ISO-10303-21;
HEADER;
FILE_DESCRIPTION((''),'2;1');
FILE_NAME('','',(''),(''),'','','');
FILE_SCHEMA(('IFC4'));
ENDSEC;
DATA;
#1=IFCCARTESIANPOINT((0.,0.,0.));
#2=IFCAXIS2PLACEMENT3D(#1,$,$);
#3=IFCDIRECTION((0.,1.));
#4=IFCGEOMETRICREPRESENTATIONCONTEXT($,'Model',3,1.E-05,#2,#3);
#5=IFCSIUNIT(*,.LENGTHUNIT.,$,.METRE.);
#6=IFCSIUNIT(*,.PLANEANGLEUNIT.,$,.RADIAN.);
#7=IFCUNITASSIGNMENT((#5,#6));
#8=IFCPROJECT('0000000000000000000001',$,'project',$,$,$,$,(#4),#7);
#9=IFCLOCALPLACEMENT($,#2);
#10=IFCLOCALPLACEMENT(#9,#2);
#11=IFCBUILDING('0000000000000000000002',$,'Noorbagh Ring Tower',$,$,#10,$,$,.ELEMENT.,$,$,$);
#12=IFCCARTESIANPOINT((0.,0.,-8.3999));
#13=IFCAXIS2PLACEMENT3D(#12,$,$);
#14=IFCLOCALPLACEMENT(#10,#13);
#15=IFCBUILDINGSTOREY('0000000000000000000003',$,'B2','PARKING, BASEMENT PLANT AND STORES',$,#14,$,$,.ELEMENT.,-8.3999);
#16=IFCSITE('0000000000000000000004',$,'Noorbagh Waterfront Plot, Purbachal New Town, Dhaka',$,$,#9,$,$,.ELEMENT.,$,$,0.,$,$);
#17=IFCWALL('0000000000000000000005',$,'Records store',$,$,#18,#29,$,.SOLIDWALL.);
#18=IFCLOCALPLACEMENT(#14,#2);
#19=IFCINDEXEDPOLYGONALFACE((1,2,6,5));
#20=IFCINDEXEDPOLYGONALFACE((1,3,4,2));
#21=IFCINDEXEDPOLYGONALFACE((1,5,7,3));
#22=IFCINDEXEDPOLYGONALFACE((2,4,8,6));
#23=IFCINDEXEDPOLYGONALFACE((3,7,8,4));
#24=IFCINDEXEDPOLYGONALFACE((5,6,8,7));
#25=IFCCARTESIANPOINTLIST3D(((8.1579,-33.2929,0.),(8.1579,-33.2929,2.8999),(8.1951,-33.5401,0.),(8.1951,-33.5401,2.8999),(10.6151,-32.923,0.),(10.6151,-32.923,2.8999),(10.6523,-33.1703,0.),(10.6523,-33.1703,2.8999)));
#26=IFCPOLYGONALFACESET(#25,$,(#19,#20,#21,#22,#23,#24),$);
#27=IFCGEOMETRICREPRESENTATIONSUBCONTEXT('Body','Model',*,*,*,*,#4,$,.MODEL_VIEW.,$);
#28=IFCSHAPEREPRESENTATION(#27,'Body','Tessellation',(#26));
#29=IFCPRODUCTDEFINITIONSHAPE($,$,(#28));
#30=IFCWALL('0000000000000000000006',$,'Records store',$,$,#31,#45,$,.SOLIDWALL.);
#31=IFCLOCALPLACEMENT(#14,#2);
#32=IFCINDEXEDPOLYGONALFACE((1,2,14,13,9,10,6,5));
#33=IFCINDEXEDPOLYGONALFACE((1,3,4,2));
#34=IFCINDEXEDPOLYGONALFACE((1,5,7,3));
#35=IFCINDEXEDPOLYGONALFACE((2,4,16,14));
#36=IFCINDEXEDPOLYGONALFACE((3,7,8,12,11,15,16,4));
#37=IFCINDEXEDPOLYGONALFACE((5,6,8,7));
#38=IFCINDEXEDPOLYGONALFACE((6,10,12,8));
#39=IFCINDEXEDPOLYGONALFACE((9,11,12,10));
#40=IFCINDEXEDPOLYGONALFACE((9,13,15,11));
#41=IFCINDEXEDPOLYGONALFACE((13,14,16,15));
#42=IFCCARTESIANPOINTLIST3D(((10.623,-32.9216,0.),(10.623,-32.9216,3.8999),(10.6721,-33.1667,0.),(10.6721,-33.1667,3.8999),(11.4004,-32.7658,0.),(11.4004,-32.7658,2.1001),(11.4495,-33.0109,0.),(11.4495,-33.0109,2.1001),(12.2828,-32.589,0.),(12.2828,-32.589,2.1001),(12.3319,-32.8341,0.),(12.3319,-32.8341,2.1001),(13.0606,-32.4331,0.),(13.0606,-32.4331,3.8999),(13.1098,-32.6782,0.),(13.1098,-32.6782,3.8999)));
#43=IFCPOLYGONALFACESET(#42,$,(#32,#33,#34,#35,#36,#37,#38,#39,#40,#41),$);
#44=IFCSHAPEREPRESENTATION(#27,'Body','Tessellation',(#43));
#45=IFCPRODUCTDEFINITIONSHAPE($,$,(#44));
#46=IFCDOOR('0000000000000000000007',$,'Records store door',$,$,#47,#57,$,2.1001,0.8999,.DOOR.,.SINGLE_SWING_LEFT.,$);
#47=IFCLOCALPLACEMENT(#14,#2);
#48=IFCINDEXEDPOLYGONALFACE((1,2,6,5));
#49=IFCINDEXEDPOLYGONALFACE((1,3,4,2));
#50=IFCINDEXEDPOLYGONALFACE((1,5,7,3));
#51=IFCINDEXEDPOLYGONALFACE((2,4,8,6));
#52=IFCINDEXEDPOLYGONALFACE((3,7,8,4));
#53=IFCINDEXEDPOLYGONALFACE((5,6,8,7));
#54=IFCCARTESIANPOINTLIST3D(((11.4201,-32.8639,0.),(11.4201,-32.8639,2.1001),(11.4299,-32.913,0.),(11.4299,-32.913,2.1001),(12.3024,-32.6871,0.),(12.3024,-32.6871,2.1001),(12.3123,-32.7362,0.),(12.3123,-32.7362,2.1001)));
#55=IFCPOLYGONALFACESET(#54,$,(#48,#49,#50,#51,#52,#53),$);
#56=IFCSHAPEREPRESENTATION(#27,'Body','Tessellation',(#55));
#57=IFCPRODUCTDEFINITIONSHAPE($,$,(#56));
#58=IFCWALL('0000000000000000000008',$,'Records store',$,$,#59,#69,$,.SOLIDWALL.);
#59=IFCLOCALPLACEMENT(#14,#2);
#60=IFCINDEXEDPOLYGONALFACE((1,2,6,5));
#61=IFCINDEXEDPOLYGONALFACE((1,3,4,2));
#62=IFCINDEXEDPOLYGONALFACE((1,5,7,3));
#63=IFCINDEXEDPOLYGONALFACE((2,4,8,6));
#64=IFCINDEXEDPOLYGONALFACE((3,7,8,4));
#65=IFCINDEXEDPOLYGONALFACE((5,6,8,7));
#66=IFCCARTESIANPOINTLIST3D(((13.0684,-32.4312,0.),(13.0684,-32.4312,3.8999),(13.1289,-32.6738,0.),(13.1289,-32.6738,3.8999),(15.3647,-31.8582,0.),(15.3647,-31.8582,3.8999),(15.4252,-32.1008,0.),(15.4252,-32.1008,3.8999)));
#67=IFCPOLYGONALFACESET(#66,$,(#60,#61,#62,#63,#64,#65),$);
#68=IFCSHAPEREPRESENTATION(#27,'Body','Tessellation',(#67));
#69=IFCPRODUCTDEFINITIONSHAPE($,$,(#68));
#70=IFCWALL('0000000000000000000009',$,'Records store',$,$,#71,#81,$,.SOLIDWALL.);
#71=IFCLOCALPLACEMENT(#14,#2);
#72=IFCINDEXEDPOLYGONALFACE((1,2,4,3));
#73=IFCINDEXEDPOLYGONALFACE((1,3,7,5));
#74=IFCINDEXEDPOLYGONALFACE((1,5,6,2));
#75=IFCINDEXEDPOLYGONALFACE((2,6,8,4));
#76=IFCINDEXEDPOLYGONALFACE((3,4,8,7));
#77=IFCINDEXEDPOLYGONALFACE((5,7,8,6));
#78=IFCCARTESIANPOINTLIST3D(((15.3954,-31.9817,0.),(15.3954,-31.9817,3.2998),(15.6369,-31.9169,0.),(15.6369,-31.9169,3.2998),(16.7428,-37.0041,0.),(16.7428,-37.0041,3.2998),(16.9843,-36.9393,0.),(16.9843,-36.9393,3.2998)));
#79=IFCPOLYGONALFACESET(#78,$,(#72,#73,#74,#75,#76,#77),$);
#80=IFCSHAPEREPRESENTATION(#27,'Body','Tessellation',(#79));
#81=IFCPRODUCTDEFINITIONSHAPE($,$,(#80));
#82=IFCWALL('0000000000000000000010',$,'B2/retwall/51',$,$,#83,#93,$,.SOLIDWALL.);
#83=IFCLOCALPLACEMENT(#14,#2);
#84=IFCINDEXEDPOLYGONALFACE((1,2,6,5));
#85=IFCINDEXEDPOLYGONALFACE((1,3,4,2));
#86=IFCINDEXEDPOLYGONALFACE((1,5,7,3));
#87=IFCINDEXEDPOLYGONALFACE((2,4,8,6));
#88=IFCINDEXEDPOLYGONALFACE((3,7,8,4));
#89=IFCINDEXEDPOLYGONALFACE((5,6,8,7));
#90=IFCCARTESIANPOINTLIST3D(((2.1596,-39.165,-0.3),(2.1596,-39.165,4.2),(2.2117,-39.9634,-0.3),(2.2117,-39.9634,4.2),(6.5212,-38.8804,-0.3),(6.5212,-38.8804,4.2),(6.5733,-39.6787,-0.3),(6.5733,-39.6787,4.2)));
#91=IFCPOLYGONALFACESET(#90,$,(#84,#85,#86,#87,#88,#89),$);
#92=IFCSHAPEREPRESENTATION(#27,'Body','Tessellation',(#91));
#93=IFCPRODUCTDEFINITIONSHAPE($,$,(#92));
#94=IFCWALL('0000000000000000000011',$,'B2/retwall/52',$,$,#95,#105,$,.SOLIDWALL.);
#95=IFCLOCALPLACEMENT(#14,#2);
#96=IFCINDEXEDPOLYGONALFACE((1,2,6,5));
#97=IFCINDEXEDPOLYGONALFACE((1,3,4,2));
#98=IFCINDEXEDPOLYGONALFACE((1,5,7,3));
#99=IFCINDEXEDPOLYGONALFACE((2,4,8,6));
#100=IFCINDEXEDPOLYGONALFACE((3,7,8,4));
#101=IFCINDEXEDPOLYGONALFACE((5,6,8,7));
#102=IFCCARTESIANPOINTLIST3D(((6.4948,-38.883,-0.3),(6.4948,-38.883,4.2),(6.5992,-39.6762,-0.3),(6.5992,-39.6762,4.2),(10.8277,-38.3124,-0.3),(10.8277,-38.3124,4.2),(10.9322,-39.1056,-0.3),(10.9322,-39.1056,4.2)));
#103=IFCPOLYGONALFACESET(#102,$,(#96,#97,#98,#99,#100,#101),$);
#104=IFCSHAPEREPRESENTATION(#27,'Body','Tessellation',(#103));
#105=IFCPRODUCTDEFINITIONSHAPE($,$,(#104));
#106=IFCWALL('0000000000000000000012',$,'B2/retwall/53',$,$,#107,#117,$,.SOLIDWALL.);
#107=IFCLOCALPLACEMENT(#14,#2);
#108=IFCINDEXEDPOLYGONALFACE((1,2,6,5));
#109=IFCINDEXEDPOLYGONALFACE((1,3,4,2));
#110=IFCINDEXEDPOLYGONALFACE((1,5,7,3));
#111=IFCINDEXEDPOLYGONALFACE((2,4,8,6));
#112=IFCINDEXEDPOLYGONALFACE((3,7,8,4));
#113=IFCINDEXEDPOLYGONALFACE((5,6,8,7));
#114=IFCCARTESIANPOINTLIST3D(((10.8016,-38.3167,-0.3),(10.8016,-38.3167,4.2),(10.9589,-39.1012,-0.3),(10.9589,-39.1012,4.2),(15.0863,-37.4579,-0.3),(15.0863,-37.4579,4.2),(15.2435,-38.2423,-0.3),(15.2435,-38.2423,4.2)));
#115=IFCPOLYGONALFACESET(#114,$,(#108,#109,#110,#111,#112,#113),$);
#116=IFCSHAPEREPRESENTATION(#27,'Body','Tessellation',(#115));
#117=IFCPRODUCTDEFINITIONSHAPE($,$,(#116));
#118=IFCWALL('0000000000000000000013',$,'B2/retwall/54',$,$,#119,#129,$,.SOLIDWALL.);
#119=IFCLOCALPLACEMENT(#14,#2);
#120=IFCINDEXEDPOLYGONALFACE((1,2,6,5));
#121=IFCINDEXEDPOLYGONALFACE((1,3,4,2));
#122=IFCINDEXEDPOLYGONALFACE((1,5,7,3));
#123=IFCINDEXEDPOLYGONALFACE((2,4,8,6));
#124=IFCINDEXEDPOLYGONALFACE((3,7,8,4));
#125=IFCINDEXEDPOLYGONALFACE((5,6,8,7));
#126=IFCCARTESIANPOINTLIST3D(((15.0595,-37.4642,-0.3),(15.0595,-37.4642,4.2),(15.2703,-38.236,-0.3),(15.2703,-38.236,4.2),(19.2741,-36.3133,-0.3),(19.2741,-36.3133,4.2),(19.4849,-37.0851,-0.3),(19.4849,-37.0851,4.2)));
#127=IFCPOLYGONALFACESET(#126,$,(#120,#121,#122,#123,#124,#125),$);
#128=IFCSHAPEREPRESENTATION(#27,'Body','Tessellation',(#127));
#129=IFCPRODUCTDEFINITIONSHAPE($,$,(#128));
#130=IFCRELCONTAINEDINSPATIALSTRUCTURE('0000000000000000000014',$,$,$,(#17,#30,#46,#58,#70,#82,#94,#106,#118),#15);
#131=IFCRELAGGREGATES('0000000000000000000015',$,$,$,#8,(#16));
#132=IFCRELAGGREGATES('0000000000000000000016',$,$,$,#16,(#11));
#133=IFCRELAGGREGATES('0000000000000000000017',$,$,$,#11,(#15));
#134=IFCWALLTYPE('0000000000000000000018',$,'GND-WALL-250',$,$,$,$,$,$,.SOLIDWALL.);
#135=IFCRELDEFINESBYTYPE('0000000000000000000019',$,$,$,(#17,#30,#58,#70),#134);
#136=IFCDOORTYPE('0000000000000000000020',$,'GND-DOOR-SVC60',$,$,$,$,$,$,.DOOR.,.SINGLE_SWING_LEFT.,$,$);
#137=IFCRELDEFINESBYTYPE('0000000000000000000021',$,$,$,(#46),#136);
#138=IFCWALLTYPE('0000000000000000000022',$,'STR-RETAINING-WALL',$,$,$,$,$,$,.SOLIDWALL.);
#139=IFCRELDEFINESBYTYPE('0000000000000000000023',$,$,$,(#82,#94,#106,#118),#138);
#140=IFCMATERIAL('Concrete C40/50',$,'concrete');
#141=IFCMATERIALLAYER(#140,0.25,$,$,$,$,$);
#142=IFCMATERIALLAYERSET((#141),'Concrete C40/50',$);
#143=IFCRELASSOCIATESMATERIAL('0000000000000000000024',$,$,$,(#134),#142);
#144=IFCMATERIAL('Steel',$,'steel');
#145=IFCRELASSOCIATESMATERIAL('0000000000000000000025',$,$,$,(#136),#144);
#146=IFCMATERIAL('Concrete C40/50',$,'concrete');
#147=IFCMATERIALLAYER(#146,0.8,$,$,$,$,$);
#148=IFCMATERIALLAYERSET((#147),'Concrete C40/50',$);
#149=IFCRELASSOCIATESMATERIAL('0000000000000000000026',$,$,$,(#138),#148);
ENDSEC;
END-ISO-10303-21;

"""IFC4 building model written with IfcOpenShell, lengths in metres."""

from ifc_helpers import new_model, si_unit, direction, frame, frame_2d, origin, place, context, subcontext, project, spatial, rectangle, extrude, material, layer, layer_set, type_object, element, fill, save


model = new_model("IFC4")

# Units and contexts
model_context = context("Model", 3, precision=1e-05, world=origin(), true_north=direction((0.0, 1.0)))
body_context = subcontext(model_context, "Body", "Model", "MODEL_VIEW")
ifc_project = project(units=[si_unit("LENGTHUNIT", "METRE"), si_unit("PLANEANGLEUNIT", "RADIAN")], contexts=[model_context])

# Site, building, storey
site_placement = place(None, origin())
site = spatial("IfcSite", under=ifc_project, at=site_placement, Name="Noorbagh Waterfront Plot, Purbachal New Town, Dhaka", CompositionType="ELEMENT", RefElevation=0.0)
building_placement = place(site_placement, origin())
building = spatial("IfcBuilding", under=site, at=building_placement, Name="Noorbagh Ring Tower", CompositionType="ELEMENT")
storey_placement = place(building_placement, frame((0.0, 0.0, -8.3999)))
storey = spatial("IfcBuildingStorey", under=building, at=storey_placement, Name="B2", Description="PARKING, BASEMENT PLANT AND STORES", CompositionType="ELEMENT", Elevation=-8.3999)

# Wall
ifc_material_1 = material(Name="Concrete C40/50", Category="concrete")
ifc_layer_1 = layer(ifc_material_1, 0.25)
ifc_layer_set_1 = layer_set([ifc_layer_1], Name="Concrete C40/50")
wall_type_1 = type_object("IfcWallType", Name="GND-WALL-250", PredefinedType="SOLIDWALL", material=ifc_layer_set_1)
wall_1_placement = place(storey_placement, frame((8.1765, -33.4165, 0.0), z_axis=(0.0, 0.0, 1.0), x_axis=(0.988861, 0.148845, 0.0)))
element("IfcWall", 1, at=wall_1_placement, inside=storey, type_object=wall_type_1, Name="Records store", PredefinedType="SOLIDWALL", context=body_context, shape_type="SweptSolid", body=[
    extrude(rectangle(XDim=2.4849, YDim=0.25, at=frame_2d((1.2424, 0.0))), origin(), (0.0, 0.0, 1.0), 2.8999),
])

# Wall, opening, door
wall_2_placement = place(storey_placement, frame((10.6475, -33.0442, 0.0), z_axis=(0.0, 0.0, 1.0), x_axis=(0.980501, 0.196513, 0.0)))
wall_2 = element("IfcWall", 2, at=wall_2_placement, inside=storey, type_object=wall_type_1, Name="Records store", PredefinedType="SOLIDWALL", context=body_context, shape_type="SweptSolid", body=[
    extrude(rectangle(XDim=2.4861, YDim=0.25, at=frame_2d((1.2432, 0.0))), origin(), (0.0, 0.0, 1.0), 3.8999),
])
opening_placement = place(wall_2_placement, frame((0.793, 0.0, 0.0)))
opening = element("IfcOpeningElement", 3, at=opening_placement, cuts=wall_2, PredefinedType="OPENING", context=body_context, shape_type="SweptSolid", body=[
    extrude(rectangle(XDim=0.8999, YDim=2.1001, at=frame_2d((0.45, 1.05))), frame((0.0, 0.135, 0.0), z_axis=(0.0, -1.0, 0.0), x_axis=(1.0, 0.0, 0.0)), (0.0, 0.0, 1.0), 0.27),
])
ifc_material_2 = material(Name="Steel", Category="steel")
door_type = type_object("IfcDoorType", Name="GND-DOOR-SVC60", OperationType="SINGLE_SWING_LEFT", PredefinedType="DOOR", material=ifc_material_2)
door_placement = place(opening_placement, origin())
door = element("IfcDoor", 4, at=door_placement, inside=storey, type_object=door_type, Name="Records store door", OperationType="SINGLE_SWING_LEFT", OverallHeight=2.1001, OverallWidth=0.8999, PredefinedType="DOOR", context=body_context, shape_type="SweptSolid", body=[
    extrude(rectangle(XDim=0.8999, YDim=2.1001, at=frame_2d((0.45, 1.05))), frame((0.0, 0.0249, 0.0), z_axis=(0.0, -1.0, 0.0), x_axis=(1.0, 0.0, 0.0)), (0.0, 0.0, 1.0), 0.05),
])
fill(opening, door)

# Walls
wall_3_placement = place(storey_placement, frame((13.0986, -32.5525, 0.0), z_axis=(0.0, 0.0, 1.0), x_axis=(0.970252, 0.242099, 0.0)))
element("IfcWall", 5, at=wall_3_placement, inside=storey, type_object=wall_type_1, Name="Records store", PredefinedType="SOLIDWALL", context=body_context, shape_type="SweptSolid", body=[
    extrude(rectangle(XDim=2.3667, YDim=0.25, at=frame_2d((1.1833, 0.0))), origin(), (0.0, 0.0, 1.0), 3.8999),
])
wall_4_placement = place(storey_placement, frame((15.5161, -31.9492, 0.0), z_axis=(0.0, 0.0, 1.0), x_axis=(0.259115, -0.965847, 0.0)))
element("IfcWall", 6, at=wall_4_placement, inside=storey, type_object=wall_type_1, Name="Records store", PredefinedType="SOLIDWALL", context=body_context, shape_type="SweptSolid", body=[
    extrude(rectangle(XDim=5.2, YDim=0.25, at=frame_2d((2.6001, 0.0))), origin(), (0.0, 0.0, 1.0), 3.2998),
])
ifc_material_3 = material(Name="Concrete C40/50", Category="concrete")
ifc_layer_2 = layer(ifc_material_3, 0.8)
ifc_layer_set_2 = layer_set([ifc_layer_2], Name="Concrete C40/50")
wall_type_2 = type_object("IfcWallType", Name="STR-RETAINING-WALL", PredefinedType="SOLIDWALL", material=ifc_layer_set_2)
wall_5_placement = place(storey_placement, frame((2.1855, -39.5642, -0.3), z_axis=(0.0, 0.0, 1.0), x_axis=(0.997877, 0.065129, 0.0)))
element("IfcWall", 7, at=wall_5_placement, inside=storey, type_object=wall_type_2, Name="B2/retwall/51", PredefinedType="SOLIDWALL", context=body_context, shape_type="SweptSolid", body=[
    extrude(rectangle(XDim=4.3708, YDim=0.8, at=frame_2d((2.1855, 0.0))), origin(), (0.0, 0.0, 1.0), 4.5),
])
wall_6_placement = place(storey_placement, frame((6.5471, -39.2795, -0.3), z_axis=(0.0, 0.0, 1.0), x_axis=(0.991442, 0.13055, 0.0)))
element("IfcWall", 8, at=wall_6_placement, inside=storey, type_object=wall_type_2, Name="B2/retwall/52", PredefinedType="SOLIDWALL", context=body_context, shape_type="SweptSolid", body=[
    extrude(rectangle(XDim=4.3704, YDim=0.8, at=frame_2d((2.1851, 0.0))), origin(), (0.0, 0.0, 1.0), 4.5),
])
wall_7_placement = place(storey_placement, frame((10.8801, -38.709, -0.3), z_axis=(0.0, 0.0, 1.0), x_axis=(0.980495, 0.196546, 0.0)))
element("IfcWall", 9, at=wall_7_placement, inside=storey, type_object=wall_type_2, Name="B2/retwall/53", PredefinedType="SOLIDWALL", context=body_context, shape_type="SweptSolid", body=[
    extrude(rectangle(XDim=4.3699, YDim=0.8, at=frame_2d((2.1851, 0.0))), origin(), (0.0, 0.0, 1.0), 4.5),
])
wall_8_placement = place(storey_placement, frame((15.1648, -37.8501, -0.3), z_axis=(0.0, 0.0, 1.0), x_axis=(0.96468, 0.263425, 0.0)))
element("IfcWall", 10, at=wall_8_placement, inside=storey, type_object=wall_type_2, Name="B2/retwall/54", PredefinedType="SOLIDWALL", context=body_context, shape_type="SweptSolid", body=[
    extrude(rectangle(XDim=4.3689, YDim=0.8, at=frame_2d((2.1846, 0.0))), origin(), (0.0, 0.0, 1.0), 4.5),
])

save(model, "model.ifc")
